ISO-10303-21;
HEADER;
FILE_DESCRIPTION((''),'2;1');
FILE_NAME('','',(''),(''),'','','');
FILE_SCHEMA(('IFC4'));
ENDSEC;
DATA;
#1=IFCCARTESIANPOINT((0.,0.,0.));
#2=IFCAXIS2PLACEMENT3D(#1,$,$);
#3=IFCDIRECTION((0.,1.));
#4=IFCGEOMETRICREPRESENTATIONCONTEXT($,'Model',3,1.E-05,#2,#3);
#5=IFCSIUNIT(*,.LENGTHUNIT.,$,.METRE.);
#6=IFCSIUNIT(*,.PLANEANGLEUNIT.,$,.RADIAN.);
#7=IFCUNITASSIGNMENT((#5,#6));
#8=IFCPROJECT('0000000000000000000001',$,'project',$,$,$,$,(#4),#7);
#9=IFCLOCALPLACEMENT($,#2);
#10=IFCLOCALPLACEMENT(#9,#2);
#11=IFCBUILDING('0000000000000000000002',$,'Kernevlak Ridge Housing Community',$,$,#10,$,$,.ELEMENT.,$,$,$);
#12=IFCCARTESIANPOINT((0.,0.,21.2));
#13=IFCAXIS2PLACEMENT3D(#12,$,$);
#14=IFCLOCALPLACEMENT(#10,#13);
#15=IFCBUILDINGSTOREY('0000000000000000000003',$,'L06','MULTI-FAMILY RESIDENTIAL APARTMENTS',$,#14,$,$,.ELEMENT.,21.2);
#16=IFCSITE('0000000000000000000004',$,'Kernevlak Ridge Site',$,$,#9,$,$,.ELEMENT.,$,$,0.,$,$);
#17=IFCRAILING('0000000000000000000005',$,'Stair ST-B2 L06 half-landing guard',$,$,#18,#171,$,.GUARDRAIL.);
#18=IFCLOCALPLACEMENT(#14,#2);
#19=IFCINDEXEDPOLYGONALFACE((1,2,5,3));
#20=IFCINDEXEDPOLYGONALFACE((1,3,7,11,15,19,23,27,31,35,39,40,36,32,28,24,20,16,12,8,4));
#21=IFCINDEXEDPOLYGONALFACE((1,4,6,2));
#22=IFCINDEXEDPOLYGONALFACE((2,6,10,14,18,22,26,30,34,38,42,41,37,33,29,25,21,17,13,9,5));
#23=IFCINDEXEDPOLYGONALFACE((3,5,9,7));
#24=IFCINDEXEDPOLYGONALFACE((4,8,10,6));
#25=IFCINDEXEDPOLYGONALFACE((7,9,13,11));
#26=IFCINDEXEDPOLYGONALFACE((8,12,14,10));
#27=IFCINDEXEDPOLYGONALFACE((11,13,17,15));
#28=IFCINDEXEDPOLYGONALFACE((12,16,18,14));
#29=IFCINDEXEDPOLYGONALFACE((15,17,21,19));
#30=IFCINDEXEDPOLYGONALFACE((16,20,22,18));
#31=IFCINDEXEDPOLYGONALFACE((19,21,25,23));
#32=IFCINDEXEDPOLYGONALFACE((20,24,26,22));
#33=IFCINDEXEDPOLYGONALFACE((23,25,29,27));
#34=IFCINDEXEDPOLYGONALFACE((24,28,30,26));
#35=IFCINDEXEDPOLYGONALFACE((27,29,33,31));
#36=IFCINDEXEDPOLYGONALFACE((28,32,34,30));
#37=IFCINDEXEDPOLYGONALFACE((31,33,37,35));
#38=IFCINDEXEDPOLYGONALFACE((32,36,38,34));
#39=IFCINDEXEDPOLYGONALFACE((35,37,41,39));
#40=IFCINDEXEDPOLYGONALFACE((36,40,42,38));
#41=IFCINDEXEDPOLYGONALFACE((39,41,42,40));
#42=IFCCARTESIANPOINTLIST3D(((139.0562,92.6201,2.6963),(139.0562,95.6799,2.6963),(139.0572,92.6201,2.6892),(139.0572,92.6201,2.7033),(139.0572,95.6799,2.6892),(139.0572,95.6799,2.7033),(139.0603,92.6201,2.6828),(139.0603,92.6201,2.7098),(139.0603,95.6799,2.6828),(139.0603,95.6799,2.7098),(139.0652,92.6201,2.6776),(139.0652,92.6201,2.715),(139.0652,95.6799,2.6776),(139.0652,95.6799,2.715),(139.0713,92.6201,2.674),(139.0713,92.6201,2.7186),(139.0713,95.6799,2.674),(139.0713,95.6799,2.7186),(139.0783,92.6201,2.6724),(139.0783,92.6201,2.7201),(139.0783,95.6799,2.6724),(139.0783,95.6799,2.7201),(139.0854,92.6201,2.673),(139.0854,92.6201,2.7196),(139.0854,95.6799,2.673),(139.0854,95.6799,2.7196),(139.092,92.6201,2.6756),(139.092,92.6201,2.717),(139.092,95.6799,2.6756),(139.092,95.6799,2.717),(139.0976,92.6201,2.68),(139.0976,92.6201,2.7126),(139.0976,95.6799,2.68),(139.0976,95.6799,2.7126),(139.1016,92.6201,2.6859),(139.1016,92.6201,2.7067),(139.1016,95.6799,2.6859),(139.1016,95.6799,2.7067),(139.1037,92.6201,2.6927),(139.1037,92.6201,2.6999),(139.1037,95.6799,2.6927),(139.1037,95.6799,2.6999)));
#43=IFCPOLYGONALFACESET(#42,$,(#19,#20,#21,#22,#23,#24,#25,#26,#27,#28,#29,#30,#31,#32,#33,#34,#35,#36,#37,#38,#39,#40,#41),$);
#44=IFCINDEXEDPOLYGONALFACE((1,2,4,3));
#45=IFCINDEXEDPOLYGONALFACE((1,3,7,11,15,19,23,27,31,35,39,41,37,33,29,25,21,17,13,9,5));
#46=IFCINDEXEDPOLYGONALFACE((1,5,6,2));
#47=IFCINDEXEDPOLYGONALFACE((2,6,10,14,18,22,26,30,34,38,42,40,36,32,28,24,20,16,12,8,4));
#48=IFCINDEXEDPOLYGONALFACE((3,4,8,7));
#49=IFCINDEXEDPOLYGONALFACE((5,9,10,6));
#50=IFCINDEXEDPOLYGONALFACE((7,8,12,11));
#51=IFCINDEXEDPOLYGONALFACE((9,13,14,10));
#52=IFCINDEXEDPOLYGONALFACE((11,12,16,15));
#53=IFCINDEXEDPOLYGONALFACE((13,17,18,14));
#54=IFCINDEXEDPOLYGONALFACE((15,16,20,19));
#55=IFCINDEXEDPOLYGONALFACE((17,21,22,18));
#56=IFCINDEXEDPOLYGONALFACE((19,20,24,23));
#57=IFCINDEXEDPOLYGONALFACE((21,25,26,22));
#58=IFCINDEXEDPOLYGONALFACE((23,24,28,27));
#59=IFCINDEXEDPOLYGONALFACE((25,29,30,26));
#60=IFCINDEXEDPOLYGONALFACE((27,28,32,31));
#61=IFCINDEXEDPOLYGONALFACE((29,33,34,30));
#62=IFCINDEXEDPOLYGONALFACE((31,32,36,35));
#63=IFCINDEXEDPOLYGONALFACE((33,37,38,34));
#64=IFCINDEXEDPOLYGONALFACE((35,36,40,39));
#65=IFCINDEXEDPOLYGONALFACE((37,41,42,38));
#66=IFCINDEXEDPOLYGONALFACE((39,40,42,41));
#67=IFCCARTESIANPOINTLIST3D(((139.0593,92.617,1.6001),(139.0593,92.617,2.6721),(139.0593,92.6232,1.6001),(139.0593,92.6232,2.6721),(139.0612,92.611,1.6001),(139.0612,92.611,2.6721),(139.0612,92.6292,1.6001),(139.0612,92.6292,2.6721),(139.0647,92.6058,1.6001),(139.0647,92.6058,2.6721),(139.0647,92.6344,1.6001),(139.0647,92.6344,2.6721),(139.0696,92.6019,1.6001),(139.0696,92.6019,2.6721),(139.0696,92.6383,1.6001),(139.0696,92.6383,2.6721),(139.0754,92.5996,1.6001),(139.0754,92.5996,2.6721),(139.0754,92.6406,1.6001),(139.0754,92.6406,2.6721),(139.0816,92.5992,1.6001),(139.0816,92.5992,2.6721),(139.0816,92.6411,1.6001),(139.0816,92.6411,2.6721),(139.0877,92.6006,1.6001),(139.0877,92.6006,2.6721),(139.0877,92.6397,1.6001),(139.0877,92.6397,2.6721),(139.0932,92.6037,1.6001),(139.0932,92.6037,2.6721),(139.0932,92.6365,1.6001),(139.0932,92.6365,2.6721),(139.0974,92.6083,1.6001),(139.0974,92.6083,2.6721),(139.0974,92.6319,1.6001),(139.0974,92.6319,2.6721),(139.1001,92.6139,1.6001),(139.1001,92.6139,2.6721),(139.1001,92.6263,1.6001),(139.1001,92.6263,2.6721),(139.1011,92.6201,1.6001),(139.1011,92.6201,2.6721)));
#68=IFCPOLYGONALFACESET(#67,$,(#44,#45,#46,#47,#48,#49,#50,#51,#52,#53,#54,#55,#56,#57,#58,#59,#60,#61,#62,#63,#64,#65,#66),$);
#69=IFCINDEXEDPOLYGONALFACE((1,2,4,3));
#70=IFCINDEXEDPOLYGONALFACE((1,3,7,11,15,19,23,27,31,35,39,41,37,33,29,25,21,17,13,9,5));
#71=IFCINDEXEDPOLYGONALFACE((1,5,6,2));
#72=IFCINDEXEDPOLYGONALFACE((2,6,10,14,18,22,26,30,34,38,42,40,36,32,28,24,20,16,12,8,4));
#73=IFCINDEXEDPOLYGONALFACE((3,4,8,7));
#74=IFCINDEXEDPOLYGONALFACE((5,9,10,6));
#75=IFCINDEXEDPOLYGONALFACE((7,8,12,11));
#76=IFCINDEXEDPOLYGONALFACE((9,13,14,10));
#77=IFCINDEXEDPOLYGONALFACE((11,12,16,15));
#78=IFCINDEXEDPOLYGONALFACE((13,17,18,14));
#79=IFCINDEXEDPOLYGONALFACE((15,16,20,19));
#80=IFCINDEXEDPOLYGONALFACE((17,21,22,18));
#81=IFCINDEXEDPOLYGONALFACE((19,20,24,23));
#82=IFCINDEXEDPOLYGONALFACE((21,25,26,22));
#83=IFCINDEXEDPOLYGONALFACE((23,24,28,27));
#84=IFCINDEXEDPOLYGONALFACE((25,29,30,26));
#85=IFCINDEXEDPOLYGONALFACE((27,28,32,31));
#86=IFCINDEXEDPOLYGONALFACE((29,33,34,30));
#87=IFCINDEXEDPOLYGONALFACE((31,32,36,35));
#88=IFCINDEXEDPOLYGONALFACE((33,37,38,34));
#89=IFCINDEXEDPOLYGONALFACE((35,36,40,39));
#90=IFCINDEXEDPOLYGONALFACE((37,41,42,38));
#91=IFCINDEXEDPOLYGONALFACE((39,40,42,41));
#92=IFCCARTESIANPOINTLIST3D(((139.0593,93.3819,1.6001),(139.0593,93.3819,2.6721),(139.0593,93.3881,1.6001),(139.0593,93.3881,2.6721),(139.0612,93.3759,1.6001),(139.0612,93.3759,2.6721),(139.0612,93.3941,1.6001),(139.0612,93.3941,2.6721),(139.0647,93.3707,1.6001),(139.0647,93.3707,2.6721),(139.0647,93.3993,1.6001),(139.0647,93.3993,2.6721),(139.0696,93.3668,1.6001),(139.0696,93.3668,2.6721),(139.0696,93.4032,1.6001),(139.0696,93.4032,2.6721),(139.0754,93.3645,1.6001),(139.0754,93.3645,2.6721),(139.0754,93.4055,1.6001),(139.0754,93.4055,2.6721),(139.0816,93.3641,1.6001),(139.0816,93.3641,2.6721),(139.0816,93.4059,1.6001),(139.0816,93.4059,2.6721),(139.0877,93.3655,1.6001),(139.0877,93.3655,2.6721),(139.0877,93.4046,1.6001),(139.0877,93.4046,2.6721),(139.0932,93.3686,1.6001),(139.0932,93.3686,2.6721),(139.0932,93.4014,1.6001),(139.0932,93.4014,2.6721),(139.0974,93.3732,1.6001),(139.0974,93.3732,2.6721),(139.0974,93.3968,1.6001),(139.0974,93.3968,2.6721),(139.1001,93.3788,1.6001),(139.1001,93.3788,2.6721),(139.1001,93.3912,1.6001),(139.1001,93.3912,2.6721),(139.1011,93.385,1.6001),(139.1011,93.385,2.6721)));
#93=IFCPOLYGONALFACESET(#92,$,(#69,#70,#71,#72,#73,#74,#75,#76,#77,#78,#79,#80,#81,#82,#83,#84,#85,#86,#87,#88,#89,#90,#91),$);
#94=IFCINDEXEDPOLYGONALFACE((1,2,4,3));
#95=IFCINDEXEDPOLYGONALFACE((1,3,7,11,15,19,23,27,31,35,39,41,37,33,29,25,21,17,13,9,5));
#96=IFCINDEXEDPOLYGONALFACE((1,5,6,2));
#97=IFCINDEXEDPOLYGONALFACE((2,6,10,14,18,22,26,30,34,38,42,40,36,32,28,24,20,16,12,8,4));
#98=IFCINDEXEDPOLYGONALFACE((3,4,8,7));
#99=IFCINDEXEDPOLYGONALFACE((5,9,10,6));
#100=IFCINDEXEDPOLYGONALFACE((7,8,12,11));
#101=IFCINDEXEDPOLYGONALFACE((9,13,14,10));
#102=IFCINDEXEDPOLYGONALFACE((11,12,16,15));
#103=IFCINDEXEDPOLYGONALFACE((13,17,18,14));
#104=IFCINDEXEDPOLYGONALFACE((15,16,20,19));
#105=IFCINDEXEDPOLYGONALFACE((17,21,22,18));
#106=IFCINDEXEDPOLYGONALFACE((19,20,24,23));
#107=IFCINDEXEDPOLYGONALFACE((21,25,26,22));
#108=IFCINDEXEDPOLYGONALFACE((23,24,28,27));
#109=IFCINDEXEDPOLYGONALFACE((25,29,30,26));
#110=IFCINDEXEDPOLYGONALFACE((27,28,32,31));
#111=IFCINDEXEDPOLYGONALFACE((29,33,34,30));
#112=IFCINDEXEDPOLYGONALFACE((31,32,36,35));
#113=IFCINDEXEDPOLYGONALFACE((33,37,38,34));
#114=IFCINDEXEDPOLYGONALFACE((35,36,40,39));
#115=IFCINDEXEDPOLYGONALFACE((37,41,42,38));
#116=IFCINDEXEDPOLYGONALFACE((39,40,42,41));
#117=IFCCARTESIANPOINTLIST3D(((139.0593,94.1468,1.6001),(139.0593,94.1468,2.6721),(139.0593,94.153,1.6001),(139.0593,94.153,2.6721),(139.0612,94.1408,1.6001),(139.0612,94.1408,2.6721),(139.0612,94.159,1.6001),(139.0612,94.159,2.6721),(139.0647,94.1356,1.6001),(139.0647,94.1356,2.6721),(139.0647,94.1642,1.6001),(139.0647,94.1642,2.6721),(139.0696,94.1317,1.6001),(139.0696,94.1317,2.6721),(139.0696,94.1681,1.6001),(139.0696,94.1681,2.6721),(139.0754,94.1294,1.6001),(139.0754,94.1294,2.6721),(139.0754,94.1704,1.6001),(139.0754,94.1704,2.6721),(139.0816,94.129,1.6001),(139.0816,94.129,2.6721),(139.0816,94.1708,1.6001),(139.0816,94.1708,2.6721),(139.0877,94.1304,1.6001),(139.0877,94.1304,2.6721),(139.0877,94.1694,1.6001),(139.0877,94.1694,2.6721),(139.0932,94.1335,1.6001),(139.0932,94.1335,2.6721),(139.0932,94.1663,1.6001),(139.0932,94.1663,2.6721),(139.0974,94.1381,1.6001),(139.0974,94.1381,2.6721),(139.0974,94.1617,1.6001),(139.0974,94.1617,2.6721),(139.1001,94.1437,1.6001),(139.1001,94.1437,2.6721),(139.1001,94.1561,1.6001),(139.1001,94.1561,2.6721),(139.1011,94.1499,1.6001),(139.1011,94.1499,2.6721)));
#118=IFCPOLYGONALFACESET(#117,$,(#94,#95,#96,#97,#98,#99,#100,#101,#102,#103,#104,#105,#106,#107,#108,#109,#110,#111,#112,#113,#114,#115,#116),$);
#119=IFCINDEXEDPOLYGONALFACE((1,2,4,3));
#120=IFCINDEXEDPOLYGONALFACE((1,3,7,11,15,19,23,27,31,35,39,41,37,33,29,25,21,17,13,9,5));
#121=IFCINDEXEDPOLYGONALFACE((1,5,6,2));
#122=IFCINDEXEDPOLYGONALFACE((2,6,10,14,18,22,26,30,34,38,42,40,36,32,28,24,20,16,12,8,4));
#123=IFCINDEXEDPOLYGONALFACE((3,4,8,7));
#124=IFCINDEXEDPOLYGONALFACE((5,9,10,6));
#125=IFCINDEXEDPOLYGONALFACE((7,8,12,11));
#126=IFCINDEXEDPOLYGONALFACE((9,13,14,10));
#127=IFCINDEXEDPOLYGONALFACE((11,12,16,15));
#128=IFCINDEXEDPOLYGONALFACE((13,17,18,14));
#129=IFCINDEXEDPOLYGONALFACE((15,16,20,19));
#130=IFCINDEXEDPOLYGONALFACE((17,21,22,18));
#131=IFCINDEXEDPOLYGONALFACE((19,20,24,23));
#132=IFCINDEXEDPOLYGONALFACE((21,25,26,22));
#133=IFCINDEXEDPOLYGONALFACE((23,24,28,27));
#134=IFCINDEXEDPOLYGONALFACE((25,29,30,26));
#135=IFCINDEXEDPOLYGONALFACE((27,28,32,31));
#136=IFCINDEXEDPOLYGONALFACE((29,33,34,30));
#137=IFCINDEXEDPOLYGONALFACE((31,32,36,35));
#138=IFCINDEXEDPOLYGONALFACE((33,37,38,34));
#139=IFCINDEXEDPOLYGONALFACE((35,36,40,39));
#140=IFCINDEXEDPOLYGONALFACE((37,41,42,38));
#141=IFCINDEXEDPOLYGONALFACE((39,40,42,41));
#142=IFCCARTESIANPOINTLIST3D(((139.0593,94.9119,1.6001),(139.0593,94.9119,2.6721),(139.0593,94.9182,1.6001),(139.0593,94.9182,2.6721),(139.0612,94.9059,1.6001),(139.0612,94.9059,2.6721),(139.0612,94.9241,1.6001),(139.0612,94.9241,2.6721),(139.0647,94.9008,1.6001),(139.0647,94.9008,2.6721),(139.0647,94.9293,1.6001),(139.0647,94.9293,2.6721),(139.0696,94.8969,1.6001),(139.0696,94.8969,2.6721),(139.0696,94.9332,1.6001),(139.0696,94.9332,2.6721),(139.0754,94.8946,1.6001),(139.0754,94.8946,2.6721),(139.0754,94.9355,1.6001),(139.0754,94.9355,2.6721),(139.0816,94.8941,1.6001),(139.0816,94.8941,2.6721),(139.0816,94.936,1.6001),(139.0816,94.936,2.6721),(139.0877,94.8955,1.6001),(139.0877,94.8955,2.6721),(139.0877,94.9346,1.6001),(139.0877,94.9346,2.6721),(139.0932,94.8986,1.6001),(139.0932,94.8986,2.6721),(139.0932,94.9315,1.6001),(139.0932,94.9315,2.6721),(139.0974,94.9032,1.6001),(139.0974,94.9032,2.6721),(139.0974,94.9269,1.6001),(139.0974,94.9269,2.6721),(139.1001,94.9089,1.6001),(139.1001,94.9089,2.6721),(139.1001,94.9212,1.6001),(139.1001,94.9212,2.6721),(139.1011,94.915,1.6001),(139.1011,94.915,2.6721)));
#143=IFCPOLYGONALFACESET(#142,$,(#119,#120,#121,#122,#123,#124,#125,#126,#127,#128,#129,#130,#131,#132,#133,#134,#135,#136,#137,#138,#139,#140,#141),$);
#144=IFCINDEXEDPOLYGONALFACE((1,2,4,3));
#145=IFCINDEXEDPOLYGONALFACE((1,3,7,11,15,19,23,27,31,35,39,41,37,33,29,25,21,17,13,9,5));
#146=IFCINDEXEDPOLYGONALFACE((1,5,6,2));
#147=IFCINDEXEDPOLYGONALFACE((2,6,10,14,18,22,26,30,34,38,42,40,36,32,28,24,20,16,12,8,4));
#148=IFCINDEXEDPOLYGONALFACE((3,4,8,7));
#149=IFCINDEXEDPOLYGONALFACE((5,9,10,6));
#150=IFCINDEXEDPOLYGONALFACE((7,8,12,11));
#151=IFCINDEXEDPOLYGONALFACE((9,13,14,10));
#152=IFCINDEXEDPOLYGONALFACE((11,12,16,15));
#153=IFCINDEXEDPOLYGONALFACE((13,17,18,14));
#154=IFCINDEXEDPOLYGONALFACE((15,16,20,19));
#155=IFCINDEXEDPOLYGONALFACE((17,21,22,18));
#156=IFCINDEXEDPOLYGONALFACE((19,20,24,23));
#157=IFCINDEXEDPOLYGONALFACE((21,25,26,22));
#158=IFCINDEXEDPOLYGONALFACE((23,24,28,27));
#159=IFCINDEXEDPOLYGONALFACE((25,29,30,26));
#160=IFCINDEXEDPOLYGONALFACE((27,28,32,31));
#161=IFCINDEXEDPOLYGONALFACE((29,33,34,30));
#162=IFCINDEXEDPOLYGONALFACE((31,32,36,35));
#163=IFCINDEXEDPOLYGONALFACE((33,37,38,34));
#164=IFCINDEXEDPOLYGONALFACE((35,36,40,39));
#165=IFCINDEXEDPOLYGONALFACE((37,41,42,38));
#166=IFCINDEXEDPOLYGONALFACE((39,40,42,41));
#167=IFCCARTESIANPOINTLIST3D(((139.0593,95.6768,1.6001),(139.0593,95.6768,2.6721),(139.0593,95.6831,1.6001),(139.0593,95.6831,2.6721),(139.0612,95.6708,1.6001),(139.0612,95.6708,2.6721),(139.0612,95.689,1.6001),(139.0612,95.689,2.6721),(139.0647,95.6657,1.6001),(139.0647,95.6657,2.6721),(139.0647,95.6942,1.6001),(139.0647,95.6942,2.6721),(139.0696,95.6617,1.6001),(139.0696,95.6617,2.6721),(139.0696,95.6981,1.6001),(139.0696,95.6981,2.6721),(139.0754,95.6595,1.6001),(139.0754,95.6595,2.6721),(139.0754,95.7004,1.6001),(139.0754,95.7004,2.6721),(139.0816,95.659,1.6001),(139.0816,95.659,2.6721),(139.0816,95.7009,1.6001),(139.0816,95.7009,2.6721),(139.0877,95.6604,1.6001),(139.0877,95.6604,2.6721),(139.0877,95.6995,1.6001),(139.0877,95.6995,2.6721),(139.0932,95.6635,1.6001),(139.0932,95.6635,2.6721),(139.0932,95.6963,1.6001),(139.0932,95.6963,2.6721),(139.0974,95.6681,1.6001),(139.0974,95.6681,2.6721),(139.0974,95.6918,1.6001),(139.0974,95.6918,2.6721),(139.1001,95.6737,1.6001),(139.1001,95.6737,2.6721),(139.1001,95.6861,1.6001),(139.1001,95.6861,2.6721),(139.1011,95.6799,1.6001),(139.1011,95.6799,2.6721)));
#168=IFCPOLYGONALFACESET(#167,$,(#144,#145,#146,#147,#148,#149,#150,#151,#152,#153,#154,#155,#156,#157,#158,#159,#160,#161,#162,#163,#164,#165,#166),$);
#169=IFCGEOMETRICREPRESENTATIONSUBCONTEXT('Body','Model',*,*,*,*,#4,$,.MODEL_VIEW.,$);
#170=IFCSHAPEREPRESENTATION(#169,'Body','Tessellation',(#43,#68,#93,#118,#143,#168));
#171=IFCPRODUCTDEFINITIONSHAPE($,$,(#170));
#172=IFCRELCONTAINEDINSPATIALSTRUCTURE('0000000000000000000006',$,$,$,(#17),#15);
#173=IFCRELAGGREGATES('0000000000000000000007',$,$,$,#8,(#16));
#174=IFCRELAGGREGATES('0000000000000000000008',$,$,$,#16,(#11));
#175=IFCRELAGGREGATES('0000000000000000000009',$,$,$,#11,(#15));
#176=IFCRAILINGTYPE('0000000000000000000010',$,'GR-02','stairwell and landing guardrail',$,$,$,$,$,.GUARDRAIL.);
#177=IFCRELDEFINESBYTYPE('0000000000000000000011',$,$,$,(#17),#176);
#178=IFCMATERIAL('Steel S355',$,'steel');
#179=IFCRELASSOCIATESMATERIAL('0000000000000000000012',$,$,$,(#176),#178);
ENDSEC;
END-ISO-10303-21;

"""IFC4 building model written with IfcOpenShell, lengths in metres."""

from ifc_helpers import new_model, si_unit, direction, frame, origin, origin_2d, place, context, subcontext, project, spatial, circle, extrude, material, type_object, element, save


model = new_model("IFC4")

# Units and contexts
model_context = context("Model", 3, precision=1e-05, world=origin(), true_north=direction((0.0, 1.0)))
body_context = subcontext(model_context, "Body", "Model", "MODEL_VIEW")
ifc_project = project(units=[si_unit("LENGTHUNIT", "METRE"), si_unit("PLANEANGLEUNIT", "RADIAN")], contexts=[model_context])

# Site, building, storey
site_placement = place(None, origin())
site = spatial("IfcSite", under=ifc_project, at=site_placement, Name="Kernevlak Ridge Site", CompositionType="ELEMENT", RefElevation=0.0)
building_placement = place(site_placement, origin())
building = spatial("IfcBuilding", under=site, at=building_placement, Name="Kernevlak Ridge Housing Community", CompositionType="ELEMENT")
storey_placement = place(building_placement, frame((0.0, 0.0, 21.2)))
storey = spatial("IfcBuildingStorey", under=building, at=storey_placement, Name="L06", Description="MULTI-FAMILY RESIDENTIAL APARTMENTS", CompositionType="ELEMENT", Elevation=21.2)

# Railing
ifc_material_1 = material(Name="Steel S355", Category="steel")
railing_type_1 = type_object("IfcRailingType", Name="GR-02", Description="stairwell and landing guardrail", PredefinedType="GUARDRAIL", material=ifc_material_1)
railing_1_placement = place(storey_placement, frame((139.0801, 92.6201, 1.6001)))
element("IfcRailing", 1, at=railing_1_placement, inside=storey, type_object=railing_type_1, Name="Stair ST-B2 L06 half-landing guard", PredefinedType="GUARDRAIL", context=body_context, shape_type="SweptSolid", body=[
    extrude(circle(Radius=0.0239, at=origin_2d()), frame((0.0, 0.0, 1.0962), z_axis=(0.0, 1.0, 0.0), x_axis=(-1.0, 0.0, 0.0)), (0.0, 0.0, 1.0), 3.0598),
    extrude(circle(Radius=0.021, at=origin_2d()), origin(), (0.0, 0.0, 1.0), 1.072),
    extrude(circle(Radius=0.021, at=origin_2d()), frame((0.0, 0.7649, 0.0)), (0.0, 0.0, 1.0), 1.072),
    extrude(circle(Radius=0.021, at=origin_2d()), frame((0.0, 1.5298, 0.0)), (0.0, 0.0, 1.0), 1.072),
    extrude(circle(Radius=0.021, at=origin_2d()), frame((0.0, 2.2949, 0.0)), (0.0, 0.0, 1.0), 1.072),
    extrude(circle(Radius=0.021, at=origin_2d()), frame((0.0, 3.0598, 0.0)), (0.0, 0.0, 1.0), 1.072),
])

save(model, "model.ifc")
